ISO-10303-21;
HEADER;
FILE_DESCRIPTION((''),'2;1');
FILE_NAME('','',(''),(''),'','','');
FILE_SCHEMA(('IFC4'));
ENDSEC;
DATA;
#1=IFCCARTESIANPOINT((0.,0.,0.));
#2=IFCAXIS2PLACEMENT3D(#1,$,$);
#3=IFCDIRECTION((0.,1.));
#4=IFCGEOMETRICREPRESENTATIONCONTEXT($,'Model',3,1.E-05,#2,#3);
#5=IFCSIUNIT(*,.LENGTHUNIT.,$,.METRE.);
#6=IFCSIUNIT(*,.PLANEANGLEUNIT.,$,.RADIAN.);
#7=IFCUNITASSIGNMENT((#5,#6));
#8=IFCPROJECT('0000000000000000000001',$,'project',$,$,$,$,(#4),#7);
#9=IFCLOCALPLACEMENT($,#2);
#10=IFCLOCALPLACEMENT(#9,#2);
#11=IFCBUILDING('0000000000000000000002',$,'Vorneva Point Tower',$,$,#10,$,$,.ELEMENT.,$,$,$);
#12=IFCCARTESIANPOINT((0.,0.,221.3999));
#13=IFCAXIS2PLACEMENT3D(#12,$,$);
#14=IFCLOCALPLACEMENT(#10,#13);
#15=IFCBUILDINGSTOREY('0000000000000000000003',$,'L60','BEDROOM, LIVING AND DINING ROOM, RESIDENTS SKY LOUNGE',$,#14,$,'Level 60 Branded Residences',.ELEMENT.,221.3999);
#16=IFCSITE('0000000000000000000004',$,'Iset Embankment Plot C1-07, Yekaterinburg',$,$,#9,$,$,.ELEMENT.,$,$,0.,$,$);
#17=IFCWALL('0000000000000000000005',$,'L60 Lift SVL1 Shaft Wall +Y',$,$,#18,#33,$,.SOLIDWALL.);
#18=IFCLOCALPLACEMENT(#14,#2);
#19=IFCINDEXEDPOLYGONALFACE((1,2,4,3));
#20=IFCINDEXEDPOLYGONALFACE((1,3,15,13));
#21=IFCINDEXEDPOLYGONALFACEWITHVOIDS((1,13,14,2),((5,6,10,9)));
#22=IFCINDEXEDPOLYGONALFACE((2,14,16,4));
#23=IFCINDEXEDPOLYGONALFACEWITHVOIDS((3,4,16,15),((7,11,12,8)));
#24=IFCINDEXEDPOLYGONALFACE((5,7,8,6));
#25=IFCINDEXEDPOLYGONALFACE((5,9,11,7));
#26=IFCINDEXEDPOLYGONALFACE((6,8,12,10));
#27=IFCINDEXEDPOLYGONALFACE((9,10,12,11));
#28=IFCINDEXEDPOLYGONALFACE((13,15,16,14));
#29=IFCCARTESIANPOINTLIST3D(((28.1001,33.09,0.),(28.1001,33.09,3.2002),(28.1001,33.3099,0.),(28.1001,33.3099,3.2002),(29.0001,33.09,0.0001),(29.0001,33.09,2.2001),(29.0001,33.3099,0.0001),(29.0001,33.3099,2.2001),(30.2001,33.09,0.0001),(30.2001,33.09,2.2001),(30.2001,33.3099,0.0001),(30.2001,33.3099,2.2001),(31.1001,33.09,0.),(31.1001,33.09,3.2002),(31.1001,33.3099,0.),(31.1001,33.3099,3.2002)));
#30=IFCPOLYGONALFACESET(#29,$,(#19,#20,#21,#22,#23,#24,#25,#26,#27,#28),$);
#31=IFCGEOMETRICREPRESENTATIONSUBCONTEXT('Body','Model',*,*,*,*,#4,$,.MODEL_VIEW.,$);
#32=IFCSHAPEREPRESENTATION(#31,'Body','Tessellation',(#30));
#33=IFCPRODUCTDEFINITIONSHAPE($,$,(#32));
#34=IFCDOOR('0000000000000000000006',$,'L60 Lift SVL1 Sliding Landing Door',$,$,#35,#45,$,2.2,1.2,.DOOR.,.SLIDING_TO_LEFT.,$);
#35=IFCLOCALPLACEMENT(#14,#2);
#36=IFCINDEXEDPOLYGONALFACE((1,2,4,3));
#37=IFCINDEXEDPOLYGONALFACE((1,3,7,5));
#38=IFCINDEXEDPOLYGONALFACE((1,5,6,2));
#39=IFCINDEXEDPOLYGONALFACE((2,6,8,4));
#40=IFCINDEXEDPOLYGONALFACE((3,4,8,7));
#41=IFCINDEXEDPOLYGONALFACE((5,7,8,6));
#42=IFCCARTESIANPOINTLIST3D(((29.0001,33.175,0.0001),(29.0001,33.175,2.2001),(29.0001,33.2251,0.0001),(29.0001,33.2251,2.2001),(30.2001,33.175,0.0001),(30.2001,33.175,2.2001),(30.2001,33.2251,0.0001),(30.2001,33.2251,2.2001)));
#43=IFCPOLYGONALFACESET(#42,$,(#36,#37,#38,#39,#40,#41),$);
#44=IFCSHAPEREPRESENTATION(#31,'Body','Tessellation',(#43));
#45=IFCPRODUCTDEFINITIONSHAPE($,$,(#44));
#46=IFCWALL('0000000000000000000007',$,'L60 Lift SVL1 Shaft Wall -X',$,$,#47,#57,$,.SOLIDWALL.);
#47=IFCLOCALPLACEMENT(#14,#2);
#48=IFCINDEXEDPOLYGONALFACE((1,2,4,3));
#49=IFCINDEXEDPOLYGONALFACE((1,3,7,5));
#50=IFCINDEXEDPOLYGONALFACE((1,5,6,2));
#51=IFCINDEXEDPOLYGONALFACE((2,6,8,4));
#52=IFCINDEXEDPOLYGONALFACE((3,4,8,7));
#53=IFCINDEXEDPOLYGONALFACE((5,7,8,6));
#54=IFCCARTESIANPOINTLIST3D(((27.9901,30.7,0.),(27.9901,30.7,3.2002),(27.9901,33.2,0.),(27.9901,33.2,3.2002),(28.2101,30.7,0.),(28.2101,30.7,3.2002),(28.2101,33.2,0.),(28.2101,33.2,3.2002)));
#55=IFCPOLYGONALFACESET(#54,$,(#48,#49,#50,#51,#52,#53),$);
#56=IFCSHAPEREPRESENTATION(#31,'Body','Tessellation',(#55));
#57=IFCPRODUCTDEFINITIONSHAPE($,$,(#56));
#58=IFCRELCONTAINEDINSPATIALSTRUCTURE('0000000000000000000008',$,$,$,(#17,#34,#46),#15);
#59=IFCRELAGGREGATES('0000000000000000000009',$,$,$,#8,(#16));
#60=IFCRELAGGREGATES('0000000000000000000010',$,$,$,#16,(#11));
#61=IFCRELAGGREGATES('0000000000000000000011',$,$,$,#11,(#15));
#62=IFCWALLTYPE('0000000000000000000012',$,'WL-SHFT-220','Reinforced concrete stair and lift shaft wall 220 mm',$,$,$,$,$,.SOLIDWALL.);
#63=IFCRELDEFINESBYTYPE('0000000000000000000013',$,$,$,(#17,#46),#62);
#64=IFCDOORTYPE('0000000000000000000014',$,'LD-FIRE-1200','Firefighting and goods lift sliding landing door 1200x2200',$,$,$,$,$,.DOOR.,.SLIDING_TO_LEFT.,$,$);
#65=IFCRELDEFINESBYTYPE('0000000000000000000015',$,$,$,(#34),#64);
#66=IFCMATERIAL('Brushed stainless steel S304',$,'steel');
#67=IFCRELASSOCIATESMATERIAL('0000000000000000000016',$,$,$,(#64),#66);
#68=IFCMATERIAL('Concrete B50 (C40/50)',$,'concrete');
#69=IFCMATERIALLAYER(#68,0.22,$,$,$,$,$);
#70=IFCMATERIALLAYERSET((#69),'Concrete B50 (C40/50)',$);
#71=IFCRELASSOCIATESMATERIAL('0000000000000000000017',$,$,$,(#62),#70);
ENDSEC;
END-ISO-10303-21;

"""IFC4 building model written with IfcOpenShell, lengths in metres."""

from ifc_helpers import new_model, si_unit, direction, frame, frame_2d, origin, place, context, subcontext, project, spatial, rectangle, extrude, material, layer, layer_set, type_object, element, fill, save


model = new_model("IFC4")

# Units and contexts
model_context = context("Model", 3, precision=1e-05, world=origin(), true_north=direction((0.0, 1.0)))
body_context = subcontext(model_context, "Body", "Model", "MODEL_VIEW")
ifc_project = project(units=[si_unit("LENGTHUNIT", "METRE"), si_unit("PLANEANGLEUNIT", "RADIAN")], contexts=[model_context])

# Site, building, storey
site_placement = place(None, origin())
site = spatial("IfcSite", under=ifc_project, at=site_placement, Name="Iset Embankment Plot C1-07, Yekaterinburg", CompositionType="ELEMENT", RefElevation=0.0)
building_placement = place(site_placement, origin())
building = spatial("IfcBuilding", under=site, at=building_placement, Name="Vorneva Point Tower", CompositionType="ELEMENT")
storey_placement = place(building_placement, frame((0.0, 0.0, 221.3999)))
storey = spatial("IfcBuildingStorey", under=building, at=storey_placement, Name="L60", Description="BEDROOM, LIVING AND DINING ROOM, RESIDENTS SKY LOUNGE", LongName="Level 60 Branded Residences", CompositionType="ELEMENT", Elevation=221.3999)

# Shared definitions
ifc_material_1 = material(Name="Concrete B50 (C40/50)", Category="concrete")

# Shared definitions
ifc_material_2 = material(Name="Brushed stainless steel S304", Category="steel")
door_type_1 = type_object("IfcDoorType", Name="LD-FIRE-1200", Description="Firefighting and goods lift sliding landing door 1200x2200", OperationType="SLIDING_TO_LEFT", PredefinedType="DOOR", material=ifc_material_2)

# Shared definitions
ifc_layer_1 = layer(ifc_material_1, 0.22)
ifc_layer_set_1 = layer_set([ifc_layer_1], Name="Concrete B50 (C40/50)")
wall_type_1 = type_object("IfcWallType", Name="WL-SHFT-220", Description="Reinforced concrete stair and lift shaft wall 220 mm", PredefinedType="SOLIDWALL", material=ifc_layer_set_1)

# Wall, opening, door
wall_1_placement = place(storey_placement, frame((31.1001, 33.2, 0.0), z_axis=(0.0, 0.0, 1.0), x_axis=(-1.0, 0.0, 0.0)))
wall_1 = element("IfcWall", 1, at=wall_1_placement, inside=storey, type_object=wall_type_1, Name="L60 Lift SVL1 Shaft Wall +Y", PredefinedType="SOLIDWALL", context=body_context, shape_type="SweptSolid", body=[
    extrude(rectangle(XDim=3.0, YDim=0.22, at=frame_2d((1.5, 0.0))), origin(), (0.0, 0.0, 1.0), 3.2002),
])
opening_1_placement = place(wall_1_placement, frame((0.8999, 0.0, 0.0)))
opening_1 = element("IfcOpeningElement", 2, at=opening_1_placement, cuts=wall_1, PredefinedType="OPENING", context=body_context, shape_type="SweptSolid", body=[
    extrude(rectangle(XDim=1.2, YDim=2.2, at=frame_2d((0.6001, 1.1001))), frame((0.0, 0.125, 0.0), z_axis=(0.0, -1.0, 0.0), x_axis=(1.0, 0.0, 0.0)), (0.0, 0.0, 1.0), 0.2498),
])
door_1_placement = place(opening_1_placement, origin())
door_1 = element("IfcDoor", 3, at=door_1_placement, inside=storey, type_object=door_type_1, Name="L60 Lift SVL1 Sliding Landing Door", OperationType="SLIDING_TO_LEFT", OverallHeight=2.2, OverallWidth=1.2, PredefinedType="DOOR", context=body_context, shape_type="SweptSolid", body=[
    extrude(rectangle(XDim=1.2, YDim=2.2, at=frame_2d((0.6001, 1.1001))), frame((0.0, 0.0249, 0.0), z_axis=(0.0, -1.0, 0.0), x_axis=(1.0, 0.0, 0.0)), (0.0, 0.0, 1.0), 0.05),
])
fill(opening_1, door_1)

# Wall
wall_2_placement = place(storey_placement, frame((28.1001, 33.2, 0.0), z_axis=(0.0, 0.0, 1.0), x_axis=(0.0, -1.0, 0.0)))
element("IfcWall", 4, at=wall_2_placement, inside=storey, type_object=wall_type_1, Name="L60 Lift SVL1 Shaft Wall -X", PredefinedType="SOLIDWALL", context=body_context, shape_type="SweptSolid", body=[
    extrude(rectangle(XDim=2.5, YDim=0.22, at=frame_2d((1.25, 0.0))), origin(), (0.0, 0.0, 1.0), 3.2002),
])

save(model, "model.ifc")
